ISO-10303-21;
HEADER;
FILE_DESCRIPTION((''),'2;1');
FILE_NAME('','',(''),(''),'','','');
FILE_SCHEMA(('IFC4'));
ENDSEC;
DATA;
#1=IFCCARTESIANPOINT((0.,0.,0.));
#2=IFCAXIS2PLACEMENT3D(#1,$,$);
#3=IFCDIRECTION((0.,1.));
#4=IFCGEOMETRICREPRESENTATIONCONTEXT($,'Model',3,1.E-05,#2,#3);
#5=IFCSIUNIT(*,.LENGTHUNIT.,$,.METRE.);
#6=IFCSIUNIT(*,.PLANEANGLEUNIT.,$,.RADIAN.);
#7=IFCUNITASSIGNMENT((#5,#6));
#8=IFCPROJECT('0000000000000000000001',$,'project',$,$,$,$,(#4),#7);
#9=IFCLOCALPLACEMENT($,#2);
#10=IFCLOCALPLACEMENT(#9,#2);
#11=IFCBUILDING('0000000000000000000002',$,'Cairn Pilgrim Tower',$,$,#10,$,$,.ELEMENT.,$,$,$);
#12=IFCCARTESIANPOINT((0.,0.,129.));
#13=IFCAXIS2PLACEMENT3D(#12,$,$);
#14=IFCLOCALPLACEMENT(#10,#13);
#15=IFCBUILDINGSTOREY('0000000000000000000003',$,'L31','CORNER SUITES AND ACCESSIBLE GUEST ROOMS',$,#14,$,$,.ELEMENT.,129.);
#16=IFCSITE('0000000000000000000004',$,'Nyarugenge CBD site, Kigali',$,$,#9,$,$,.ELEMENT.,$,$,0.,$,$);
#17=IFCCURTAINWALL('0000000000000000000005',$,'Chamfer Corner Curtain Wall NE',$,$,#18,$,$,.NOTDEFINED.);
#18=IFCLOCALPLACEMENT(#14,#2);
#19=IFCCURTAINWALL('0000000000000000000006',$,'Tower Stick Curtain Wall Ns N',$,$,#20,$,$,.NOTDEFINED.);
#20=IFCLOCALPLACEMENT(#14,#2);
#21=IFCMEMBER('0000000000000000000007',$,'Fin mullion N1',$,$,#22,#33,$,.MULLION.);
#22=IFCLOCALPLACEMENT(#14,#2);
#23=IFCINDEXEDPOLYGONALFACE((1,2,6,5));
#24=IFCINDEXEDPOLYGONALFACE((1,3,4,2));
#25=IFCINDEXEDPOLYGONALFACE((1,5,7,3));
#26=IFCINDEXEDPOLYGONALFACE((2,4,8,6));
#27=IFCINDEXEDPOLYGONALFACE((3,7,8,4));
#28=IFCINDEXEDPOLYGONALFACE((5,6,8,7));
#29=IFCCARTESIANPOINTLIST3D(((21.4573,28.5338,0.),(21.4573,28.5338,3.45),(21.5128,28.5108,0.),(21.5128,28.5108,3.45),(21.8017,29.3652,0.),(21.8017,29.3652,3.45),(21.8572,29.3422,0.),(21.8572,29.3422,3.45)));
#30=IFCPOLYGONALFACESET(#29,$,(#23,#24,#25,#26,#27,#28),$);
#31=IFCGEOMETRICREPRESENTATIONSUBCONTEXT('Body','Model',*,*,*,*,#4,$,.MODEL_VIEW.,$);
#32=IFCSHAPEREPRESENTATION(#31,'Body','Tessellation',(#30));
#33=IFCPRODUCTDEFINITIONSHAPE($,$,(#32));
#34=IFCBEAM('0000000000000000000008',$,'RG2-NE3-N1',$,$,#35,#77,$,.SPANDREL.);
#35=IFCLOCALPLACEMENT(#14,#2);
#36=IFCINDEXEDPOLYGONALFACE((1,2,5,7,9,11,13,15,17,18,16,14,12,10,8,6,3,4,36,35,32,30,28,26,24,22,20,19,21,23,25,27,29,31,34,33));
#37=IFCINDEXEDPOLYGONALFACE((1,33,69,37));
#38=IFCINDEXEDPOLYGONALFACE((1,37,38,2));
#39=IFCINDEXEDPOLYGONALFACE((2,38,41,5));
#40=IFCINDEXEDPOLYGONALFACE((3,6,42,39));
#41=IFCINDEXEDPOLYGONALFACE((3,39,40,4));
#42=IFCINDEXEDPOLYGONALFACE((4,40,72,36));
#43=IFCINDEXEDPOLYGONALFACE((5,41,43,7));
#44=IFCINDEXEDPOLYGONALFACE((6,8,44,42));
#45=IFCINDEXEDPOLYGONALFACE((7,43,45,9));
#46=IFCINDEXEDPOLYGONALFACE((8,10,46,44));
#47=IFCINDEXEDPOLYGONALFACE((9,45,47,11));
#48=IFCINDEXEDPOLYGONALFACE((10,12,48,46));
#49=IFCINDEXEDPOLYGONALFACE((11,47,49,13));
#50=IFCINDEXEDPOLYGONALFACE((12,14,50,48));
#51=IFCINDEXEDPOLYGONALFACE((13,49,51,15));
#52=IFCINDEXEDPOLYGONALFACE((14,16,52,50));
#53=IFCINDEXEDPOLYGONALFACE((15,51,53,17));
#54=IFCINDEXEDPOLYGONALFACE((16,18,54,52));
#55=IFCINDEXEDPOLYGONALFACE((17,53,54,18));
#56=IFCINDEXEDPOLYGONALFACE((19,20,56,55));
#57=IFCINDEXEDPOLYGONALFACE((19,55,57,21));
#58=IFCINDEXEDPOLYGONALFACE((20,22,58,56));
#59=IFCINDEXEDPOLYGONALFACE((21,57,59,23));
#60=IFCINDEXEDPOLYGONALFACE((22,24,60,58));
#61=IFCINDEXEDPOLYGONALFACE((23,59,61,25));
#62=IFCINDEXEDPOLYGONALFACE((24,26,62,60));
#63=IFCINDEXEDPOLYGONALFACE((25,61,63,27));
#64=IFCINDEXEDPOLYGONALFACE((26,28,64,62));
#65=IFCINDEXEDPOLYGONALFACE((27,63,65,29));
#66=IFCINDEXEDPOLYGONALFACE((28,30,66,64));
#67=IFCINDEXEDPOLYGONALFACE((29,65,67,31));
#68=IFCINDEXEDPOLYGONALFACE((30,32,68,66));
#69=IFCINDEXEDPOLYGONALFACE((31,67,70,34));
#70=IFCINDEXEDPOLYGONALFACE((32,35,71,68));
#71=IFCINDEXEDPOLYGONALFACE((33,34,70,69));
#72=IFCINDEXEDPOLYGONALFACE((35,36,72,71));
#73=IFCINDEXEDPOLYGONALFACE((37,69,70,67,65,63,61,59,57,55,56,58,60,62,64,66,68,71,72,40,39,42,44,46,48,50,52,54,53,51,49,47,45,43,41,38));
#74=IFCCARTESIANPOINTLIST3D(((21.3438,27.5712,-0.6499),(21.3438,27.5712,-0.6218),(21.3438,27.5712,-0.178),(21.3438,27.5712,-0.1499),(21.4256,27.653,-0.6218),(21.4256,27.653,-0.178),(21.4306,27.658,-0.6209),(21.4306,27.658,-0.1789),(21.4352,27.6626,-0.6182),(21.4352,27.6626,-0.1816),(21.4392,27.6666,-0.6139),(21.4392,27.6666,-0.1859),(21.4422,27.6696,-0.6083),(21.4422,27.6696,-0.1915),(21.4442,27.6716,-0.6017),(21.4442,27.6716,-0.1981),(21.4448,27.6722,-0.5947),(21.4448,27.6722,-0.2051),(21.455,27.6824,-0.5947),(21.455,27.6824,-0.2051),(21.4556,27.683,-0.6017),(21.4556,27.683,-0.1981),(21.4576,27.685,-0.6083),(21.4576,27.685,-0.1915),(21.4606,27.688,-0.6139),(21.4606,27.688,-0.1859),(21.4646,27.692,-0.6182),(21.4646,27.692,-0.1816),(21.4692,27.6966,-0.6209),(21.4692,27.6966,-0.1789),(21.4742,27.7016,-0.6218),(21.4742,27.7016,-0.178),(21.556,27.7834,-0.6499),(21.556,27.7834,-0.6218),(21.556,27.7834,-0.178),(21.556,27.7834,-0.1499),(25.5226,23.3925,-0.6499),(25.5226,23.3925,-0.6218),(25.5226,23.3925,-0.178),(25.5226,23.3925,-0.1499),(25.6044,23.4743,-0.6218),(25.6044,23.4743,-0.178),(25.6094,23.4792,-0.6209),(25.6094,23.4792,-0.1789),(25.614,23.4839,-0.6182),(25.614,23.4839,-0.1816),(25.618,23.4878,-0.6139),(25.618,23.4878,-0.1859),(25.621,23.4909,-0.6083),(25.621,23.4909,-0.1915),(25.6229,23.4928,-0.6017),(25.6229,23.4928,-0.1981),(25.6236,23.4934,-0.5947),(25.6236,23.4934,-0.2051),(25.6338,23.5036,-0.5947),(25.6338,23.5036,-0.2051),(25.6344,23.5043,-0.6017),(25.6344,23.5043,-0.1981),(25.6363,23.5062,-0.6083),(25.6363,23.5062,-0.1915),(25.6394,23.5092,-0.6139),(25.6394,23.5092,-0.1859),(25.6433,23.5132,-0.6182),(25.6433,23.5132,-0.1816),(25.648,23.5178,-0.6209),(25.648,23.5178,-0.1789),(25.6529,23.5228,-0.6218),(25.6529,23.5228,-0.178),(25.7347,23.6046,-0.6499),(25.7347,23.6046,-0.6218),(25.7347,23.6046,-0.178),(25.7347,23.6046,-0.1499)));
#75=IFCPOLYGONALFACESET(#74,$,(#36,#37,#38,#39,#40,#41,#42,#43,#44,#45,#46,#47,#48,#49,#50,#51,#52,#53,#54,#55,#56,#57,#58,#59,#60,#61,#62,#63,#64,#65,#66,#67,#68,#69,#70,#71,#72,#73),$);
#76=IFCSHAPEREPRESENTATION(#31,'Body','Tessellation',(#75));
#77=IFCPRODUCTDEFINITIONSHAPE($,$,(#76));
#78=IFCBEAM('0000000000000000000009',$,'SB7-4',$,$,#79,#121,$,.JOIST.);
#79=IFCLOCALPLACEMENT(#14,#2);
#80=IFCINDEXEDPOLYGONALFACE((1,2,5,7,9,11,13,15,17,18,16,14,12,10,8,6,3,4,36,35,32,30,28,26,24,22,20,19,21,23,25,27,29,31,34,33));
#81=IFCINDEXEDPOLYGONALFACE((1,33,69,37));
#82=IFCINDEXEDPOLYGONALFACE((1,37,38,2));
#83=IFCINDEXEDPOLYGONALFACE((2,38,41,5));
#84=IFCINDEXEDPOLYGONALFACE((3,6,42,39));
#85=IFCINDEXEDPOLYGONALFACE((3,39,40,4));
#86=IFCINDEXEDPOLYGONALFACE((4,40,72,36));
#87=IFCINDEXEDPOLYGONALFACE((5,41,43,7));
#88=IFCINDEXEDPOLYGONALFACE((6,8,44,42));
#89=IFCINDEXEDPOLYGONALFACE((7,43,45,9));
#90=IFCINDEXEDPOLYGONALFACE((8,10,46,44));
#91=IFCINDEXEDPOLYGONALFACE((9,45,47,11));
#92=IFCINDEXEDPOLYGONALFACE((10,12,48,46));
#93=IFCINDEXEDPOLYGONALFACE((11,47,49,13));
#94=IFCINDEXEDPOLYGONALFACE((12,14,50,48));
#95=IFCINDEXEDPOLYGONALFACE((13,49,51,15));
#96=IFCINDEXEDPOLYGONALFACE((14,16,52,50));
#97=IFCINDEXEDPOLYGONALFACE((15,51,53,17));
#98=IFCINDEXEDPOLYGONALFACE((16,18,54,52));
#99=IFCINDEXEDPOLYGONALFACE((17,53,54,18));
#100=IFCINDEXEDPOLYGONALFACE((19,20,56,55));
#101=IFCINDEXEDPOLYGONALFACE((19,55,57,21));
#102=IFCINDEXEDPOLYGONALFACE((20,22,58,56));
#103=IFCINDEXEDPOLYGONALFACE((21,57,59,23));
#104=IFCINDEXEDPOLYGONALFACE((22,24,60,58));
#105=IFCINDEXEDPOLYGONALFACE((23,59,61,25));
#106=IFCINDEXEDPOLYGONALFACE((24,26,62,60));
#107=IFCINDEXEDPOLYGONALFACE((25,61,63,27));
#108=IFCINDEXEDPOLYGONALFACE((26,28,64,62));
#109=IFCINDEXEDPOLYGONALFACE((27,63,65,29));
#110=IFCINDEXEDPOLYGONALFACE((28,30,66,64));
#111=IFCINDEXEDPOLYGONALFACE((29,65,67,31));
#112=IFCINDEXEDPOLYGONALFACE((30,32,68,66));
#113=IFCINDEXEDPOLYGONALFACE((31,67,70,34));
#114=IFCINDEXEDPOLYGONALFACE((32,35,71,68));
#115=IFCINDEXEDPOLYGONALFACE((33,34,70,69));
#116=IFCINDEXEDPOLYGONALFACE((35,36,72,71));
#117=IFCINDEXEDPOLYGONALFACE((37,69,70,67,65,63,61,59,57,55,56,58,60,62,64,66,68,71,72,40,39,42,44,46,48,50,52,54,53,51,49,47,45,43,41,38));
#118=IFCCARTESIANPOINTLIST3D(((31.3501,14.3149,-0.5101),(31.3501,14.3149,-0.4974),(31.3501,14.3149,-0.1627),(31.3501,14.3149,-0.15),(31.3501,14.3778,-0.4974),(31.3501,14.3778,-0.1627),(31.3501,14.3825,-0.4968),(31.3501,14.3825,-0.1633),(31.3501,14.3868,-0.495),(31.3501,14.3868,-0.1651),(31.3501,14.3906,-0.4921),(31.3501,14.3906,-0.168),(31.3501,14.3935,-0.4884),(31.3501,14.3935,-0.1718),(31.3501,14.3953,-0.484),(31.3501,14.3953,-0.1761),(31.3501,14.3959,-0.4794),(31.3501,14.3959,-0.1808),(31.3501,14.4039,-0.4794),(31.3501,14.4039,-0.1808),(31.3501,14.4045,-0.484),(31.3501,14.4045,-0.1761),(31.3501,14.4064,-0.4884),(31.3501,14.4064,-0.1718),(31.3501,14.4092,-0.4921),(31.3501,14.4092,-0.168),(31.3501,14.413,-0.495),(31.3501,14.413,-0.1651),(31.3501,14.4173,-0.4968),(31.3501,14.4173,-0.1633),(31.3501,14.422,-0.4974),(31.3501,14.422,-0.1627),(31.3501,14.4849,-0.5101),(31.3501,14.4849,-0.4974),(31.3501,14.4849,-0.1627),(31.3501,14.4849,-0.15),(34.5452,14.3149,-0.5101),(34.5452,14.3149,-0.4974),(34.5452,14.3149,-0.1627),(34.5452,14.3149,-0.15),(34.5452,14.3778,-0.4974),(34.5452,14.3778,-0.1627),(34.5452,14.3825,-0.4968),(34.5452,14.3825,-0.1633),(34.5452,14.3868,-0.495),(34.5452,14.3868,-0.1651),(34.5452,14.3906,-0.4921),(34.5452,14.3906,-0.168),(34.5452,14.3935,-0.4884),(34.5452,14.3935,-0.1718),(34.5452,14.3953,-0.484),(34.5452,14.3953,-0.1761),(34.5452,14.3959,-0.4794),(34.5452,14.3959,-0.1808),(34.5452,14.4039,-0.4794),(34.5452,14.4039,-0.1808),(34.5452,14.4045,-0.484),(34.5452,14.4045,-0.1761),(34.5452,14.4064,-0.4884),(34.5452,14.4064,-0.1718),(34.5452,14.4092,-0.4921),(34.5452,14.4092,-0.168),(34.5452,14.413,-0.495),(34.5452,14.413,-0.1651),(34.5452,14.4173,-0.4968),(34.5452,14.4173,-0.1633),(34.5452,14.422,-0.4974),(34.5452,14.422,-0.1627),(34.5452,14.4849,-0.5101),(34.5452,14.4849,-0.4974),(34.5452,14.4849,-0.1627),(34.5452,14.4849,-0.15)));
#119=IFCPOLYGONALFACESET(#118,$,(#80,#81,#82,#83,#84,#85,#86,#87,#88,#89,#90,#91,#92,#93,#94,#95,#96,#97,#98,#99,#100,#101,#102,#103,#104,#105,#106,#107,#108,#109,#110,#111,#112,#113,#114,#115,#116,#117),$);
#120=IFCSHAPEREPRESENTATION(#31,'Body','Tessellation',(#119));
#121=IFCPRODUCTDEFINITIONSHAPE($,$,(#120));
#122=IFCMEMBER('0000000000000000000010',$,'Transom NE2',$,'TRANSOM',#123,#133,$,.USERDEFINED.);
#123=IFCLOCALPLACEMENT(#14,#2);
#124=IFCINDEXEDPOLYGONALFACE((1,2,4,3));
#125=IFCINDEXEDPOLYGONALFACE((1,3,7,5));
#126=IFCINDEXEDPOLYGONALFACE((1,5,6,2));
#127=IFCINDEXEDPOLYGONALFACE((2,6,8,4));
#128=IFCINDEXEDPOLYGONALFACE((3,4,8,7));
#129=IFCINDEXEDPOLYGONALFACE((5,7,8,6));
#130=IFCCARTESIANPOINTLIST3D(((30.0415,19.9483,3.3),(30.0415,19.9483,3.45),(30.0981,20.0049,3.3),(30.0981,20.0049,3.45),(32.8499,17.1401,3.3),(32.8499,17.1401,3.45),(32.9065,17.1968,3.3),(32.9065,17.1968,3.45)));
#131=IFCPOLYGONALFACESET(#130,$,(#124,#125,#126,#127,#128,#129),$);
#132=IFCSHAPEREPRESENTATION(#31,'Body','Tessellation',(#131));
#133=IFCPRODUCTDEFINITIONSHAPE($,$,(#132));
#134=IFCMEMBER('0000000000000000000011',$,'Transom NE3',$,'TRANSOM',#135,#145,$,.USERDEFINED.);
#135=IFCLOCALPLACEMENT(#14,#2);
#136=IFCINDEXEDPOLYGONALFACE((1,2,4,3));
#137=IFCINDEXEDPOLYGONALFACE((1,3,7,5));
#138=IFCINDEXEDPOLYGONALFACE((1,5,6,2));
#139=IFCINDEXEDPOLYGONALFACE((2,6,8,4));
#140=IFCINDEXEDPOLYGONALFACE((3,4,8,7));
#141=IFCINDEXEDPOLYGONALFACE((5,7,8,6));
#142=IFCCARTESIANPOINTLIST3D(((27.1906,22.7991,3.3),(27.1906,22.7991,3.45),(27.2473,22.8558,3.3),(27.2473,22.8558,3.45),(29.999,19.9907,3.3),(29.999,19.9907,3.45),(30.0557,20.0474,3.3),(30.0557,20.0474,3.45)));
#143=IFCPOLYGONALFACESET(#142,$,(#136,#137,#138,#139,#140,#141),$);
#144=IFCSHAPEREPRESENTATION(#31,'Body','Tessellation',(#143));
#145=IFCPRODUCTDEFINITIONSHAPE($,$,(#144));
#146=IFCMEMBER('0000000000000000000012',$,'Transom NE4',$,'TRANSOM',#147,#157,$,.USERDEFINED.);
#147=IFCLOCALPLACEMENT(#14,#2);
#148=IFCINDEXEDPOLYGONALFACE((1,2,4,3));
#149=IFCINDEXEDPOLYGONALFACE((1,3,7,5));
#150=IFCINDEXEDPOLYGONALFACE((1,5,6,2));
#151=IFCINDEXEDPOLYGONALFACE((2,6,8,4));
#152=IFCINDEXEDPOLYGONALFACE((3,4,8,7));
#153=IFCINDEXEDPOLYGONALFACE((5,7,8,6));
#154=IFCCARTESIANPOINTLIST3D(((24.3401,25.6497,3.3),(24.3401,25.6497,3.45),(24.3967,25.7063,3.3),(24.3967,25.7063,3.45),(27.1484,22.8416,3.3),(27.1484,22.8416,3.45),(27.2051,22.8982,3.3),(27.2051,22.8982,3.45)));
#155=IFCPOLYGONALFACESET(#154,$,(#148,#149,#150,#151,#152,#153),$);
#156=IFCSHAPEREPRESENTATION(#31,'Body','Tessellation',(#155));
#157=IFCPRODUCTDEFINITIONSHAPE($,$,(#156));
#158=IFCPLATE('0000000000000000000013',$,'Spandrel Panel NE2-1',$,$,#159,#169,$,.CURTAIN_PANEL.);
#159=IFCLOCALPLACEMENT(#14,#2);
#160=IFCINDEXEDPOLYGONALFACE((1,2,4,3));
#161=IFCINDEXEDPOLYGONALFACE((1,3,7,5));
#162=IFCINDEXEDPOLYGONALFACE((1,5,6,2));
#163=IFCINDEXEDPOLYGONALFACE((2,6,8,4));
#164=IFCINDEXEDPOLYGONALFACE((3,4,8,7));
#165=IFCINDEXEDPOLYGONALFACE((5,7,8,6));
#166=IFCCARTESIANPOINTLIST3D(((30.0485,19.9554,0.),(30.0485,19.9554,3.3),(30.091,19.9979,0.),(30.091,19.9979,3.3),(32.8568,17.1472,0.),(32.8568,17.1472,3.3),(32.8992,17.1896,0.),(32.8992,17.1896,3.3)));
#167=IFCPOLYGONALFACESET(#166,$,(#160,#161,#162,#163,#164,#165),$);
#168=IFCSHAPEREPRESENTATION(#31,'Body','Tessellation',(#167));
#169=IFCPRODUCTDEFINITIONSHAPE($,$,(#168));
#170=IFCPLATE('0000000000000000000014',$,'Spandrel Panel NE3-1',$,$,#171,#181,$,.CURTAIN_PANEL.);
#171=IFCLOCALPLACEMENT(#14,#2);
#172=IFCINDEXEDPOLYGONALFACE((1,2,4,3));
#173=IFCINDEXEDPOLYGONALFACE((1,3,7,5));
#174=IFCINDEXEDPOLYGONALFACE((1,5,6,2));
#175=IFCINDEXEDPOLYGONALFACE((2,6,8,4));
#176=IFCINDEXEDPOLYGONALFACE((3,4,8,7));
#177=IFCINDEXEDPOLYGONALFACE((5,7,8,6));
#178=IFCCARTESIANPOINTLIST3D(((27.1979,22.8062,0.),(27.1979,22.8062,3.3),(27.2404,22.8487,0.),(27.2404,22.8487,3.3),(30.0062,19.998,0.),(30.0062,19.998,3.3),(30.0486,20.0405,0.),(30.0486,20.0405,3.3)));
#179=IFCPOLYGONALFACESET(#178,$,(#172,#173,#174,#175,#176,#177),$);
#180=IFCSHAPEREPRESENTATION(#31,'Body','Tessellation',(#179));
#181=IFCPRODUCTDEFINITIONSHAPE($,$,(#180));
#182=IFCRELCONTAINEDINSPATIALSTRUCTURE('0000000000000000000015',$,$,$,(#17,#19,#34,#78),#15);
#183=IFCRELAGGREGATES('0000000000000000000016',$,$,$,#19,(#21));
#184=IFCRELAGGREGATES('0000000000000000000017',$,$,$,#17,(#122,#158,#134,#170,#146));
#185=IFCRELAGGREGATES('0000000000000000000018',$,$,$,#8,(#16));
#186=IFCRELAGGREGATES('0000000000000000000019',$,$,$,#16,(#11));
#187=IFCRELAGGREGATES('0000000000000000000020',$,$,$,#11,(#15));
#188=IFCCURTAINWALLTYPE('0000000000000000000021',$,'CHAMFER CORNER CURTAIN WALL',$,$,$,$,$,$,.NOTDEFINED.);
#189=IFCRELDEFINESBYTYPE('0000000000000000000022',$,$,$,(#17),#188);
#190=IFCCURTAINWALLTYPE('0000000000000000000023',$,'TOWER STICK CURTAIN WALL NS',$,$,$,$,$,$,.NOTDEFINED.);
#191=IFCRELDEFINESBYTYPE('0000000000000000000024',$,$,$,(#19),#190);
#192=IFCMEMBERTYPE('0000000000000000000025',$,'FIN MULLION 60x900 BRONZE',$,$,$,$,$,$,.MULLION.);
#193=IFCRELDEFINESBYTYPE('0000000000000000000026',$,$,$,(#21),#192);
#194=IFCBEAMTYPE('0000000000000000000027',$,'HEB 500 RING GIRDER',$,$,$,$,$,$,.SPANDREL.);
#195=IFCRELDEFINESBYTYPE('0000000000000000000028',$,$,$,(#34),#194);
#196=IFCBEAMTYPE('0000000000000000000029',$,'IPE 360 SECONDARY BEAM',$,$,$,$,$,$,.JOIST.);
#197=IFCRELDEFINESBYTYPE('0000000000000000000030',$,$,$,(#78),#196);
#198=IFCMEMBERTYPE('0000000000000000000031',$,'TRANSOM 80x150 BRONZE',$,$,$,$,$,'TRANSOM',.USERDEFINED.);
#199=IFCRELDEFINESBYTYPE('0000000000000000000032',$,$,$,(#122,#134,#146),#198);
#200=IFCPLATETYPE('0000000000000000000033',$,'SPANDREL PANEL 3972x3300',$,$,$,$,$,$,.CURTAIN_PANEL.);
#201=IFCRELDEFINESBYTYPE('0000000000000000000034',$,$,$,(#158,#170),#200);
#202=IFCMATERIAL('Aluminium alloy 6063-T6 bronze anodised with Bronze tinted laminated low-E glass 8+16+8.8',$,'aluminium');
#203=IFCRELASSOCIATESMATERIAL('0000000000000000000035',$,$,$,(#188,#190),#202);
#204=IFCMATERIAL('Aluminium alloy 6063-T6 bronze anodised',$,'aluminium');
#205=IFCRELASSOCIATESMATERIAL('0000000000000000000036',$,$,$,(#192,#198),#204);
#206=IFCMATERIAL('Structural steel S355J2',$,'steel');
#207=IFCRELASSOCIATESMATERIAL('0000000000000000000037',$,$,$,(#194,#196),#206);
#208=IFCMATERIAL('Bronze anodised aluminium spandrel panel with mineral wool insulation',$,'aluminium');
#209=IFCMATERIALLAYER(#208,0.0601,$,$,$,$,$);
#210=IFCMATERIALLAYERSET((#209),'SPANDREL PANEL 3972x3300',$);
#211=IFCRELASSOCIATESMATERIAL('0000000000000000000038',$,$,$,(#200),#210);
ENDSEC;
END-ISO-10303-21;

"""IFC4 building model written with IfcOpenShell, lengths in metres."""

from ifc_helpers import new_model, si_unit, direction, frame, origin, origin_2d, place, context, subcontext, project, spatial, rectangle, i_section, extrude, material, layer, layer_set, material_profile, profile_set, type_object, element, aggregate, save


model = new_model("IFC4")

# Units and contexts
model_context = context("Model", 3, precision=1e-05, world=origin(), true_north=direction((0.0, 1.0)))
body_context = subcontext(model_context, "Body", "Model", "MODEL_VIEW")
ifc_project = project(units=[si_unit("LENGTHUNIT", "METRE"), si_unit("PLANEANGLEUNIT", "RADIAN")], contexts=[model_context])

# Site, building, storey
site_placement = place(None, origin())
site = spatial("IfcSite", under=ifc_project, at=site_placement, Name="Nyarugenge CBD site, Kigali", CompositionType="ELEMENT", RefElevation=0.0)
building_placement = place(site_placement, origin())
building = spatial("IfcBuilding", under=site, at=building_placement, Name="Cairn Pilgrim Tower", CompositionType="ELEMENT")
storey_placement = place(building_placement, frame((0.0, 0.0, 129.0)))
storey = spatial("IfcBuildingStorey", under=building, at=storey_placement, Name="L31", Description="CORNER SUITES AND ACCESSIBLE GUEST ROOMS", CompositionType="ELEMENT", Elevation=129.0)

# Shared definitions
ifc_material_1 = material(Name="Structural steel S355J2", Category="steel")

# Curtain wall
ifc_material_2 = material(Name="Aluminium alloy 6063-T6 bronze anodised with Bronze tinted laminated low-E glass 8+16+8.8", Category="aluminium")
curtain_wall_type_1 = type_object("IfcCurtainWallType", Name="CHAMFER CORNER CURTAIN WALL", PredefinedType="NOTDEFINED", material=ifc_material_2)
curtain_wall_1_placement = place(storey_placement, origin())
curtain_wall_1 = element("IfcCurtainWall", 1, at=curtain_wall_1_placement, inside=storey, type_object=curtain_wall_type_1, Name="Chamfer Corner Curtain Wall NE", PredefinedType="NOTDEFINED")
ifc_material_3 = material(Name="Aluminium alloy 6063-T6 bronze anodised", Category="aluminium")
ifc_material_profile_1 = material_profile(ifc_material_3, rectangle(XDim=0.8999, YDim=0.0601, at=origin_2d()), Name="FIN MULLION 60x900 BRONZE")
ifc_profile_set_1 = profile_set([ifc_material_profile_1], Name="Aluminium alloy 6063-T6 bronze anodised")
member_type_1 = type_object("IfcMemberType", Name="FIN MULLION 60x900 BRONZE", PredefinedType="MULLION", material=ifc_profile_set_1)

# Curtain wall, member
curtain_wall_type_2 = type_object("IfcCurtainWallType", Name="TOWER STICK CURTAIN WALL NS", PredefinedType="NOTDEFINED", material=ifc_material_2)
curtain_wall_2_placement = place(storey_placement, origin())
curtain_wall_2 = element("IfcCurtainWall", 2, at=curtain_wall_2_placement, inside=storey, type_object=curtain_wall_type_2, Name="Tower Stick Curtain Wall Ns N", PredefinedType="NOTDEFINED")
member_1_placement = place(storey_placement, frame((21.6572, 28.938, 0.0), z_axis=(0.0, 0.0, 1.0), x_axis=(0.382683, 0.92388, 0.0)))
member_1 = element("IfcMember", 3, at=member_1_placement, type_object=member_type_1, Name="Fin mullion N1", PredefinedType="MULLION", context=body_context, shape_type="SweptSolid", body=[
    extrude(rectangle(XDim=0.8999, YDim=0.0601, at=origin_2d()), origin(), (0.0, 0.0, 1.0), 3.45),
])
aggregate(curtain_wall_2, [member_1])

# Beams
ifc_material_profile_2 = material_profile(ifc_material_1, i_section(OverallWidth=0.3, OverallDepth=0.5, WebThickness=0.0144, FlangeThickness=0.0281, FilletRadius=0.0271, at=origin_2d()), Name="HEB 500")
ifc_profile_set_2 = profile_set([ifc_material_profile_2], Name="Structural steel S355J2")
beam_type_1 = type_object("IfcBeamType", Name="HEB 500 RING GIRDER", PredefinedType="SPANDREL", material=ifc_profile_set_2)
beam_1_placement = place(storey_placement, frame((25.6287, 23.4985, -0.3999), z_axis=(-0.707107, 0.707107, 0.0), x_axis=(-0.707107, -0.707107, 0.0)))
element("IfcBeam", 4, at=beam_1_placement, inside=storey, type_object=beam_type_1, Name="RG2-NE3-N1", PredefinedType="SPANDREL", context=body_context, shape_type="SweptSolid", body=[
    extrude(i_section(OverallWidth=0.3, OverallDepth=0.5, WebThickness=0.0144, FlangeThickness=0.0281, FilletRadius=0.0271, at=origin_2d()), origin(), (0.0, 0.0, 1.0), 5.9097),
])
ifc_material_profile_3 = material_profile(ifc_material_1, i_section(OverallWidth=0.1699, OverallDepth=0.3601, WebThickness=0.0081, FlangeThickness=0.0127, FilletRadius=0.0181, at=origin_2d()), Name="IPE 360")
ifc_profile_set_3 = profile_set([ifc_material_profile_3], Name="Structural steel S355J2")
beam_type_2 = type_object("IfcBeamType", Name="IPE 360 SECONDARY BEAM", PredefinedType="JOIST", material=ifc_profile_set_3)
beam_2_placement = place(storey_placement, frame((31.3501, 14.3999, -0.3301), z_axis=(1.0, 0.0, 0.0), x_axis=(0.0, 1.0, 0.0)))
element("IfcBeam", 5, at=beam_2_placement, inside=storey, type_object=beam_type_2, Name="SB7-4", PredefinedType="JOIST", context=body_context, shape_type="SweptSolid", body=[
    extrude(i_section(OverallWidth=0.1699, OverallDepth=0.3601, WebThickness=0.0081, FlangeThickness=0.0127, FilletRadius=0.0181, at=origin_2d()), origin(), (0.0, 0.0, 1.0), 3.1951),
])

# Members
ifc_material_profile_4 = material_profile(ifc_material_3, rectangle(XDim=0.0801, YDim=0.1499, at=origin_2d()), Name="TRANSOM 80x150 BRONZE")
ifc_profile_set_4 = profile_set([ifc_material_profile_4], Name="Aluminium alloy 6063-T6 bronze anodised")
member_type_2 = type_object("IfcMemberType", Name="TRANSOM 80x150 BRONZE", ElementType="TRANSOM", PredefinedType="USERDEFINED", material=ifc_profile_set_4)
member_2_placement = place(storey_placement, frame((32.8782, 17.1685, 3.375), z_axis=(-0.707138, 0.707076, 0.0), x_axis=(-0.707076, -0.707138, 0.0)))
member_2 = element("IfcMember", 6, at=member_2_placement, type_object=member_type_2, Name="Transom NE2", ObjectType="TRANSOM", PredefinedType="USERDEFINED", context=body_context, shape_type="SweptSolid", body=[
    extrude(rectangle(XDim=0.0801, YDim=0.1499, at=origin_2d()), origin(), (0.0, 0.0, 1.0), 3.9714),
])
member_3_placement = place(storey_placement, frame((30.0273, 20.019, 3.375), z_axis=(-0.707107, 0.707107, 0.0), x_axis=(-0.707107, -0.707107, 0.0)))
member_3 = element("IfcMember", 7, at=member_3_placement, type_object=member_type_2, Name="Transom NE3", ObjectType="TRANSOM", PredefinedType="USERDEFINED", context=body_context, shape_type="SweptSolid", body=[
    extrude(rectangle(XDim=0.0801, YDim=0.1499, at=origin_2d()), origin(), (0.0, 0.0, 1.0), 3.9717),
])
member_4_placement = place(storey_placement, frame((27.1768, 22.8699, 3.375), z_axis=(-0.707138, 0.707076, 0.0), x_axis=(-0.707076, -0.707138, 0.0)))
member_4 = element("IfcMember", 8, at=member_4_placement, type_object=member_type_2, Name="Transom NE4", ObjectType="TRANSOM", PredefinedType="USERDEFINED", context=body_context, shape_type="SweptSolid", body=[
    extrude(rectangle(XDim=0.0801, YDim=0.1499, at=origin_2d()), origin(), (0.0, 0.0, 1.0), 3.9714),
])

# Plates
ifc_material_4 = material(Name="Bronze anodised aluminium spandrel panel with mineral wool insulation", Category="aluminium")
ifc_layer_1 = layer(ifc_material_4, 0.0601)
ifc_layer_set_1 = layer_set([ifc_layer_1], Name="SPANDREL PANEL 3972x3300")
plate_type = type_object("IfcPlateType", Name="SPANDREL PANEL 3972x3300", PredefinedType="CURTAIN_PANEL", material=ifc_layer_set_1)
plate_1_placement = place(storey_placement, frame((31.4739, 18.5725, 0.0), z_axis=(0.0, 0.0, 1.0), x_axis=(-0.707107, 0.707107, 0.0)))
plate_1 = element("IfcPlate", 9, at=plate_1_placement, type_object=plate_type, Name="Spandrel Panel NE2-1", PredefinedType="CURTAIN_PANEL", context=body_context, shape_type="SweptSolid", body=[
    extrude(rectangle(XDim=3.9714, YDim=0.0601, at=origin_2d()), origin(), (0.0, 0.0, 1.0), 3.3),
])
plate_2_placement = place(storey_placement, frame((28.6233, 21.4233, 0.0), z_axis=(0.0, 0.0, 1.0), x_axis=(-0.707107, 0.707107, 0.0)))
plate_2 = element("IfcPlate", 10, at=plate_2_placement, type_object=plate_type, Name="Spandrel Panel NE3-1", PredefinedType="CURTAIN_PANEL", context=body_context, shape_type="SweptSolid", body=[
    extrude(rectangle(XDim=3.9714, YDim=0.0601, at=origin_2d()), origin(), (0.0, 0.0, 1.0), 3.3),
])
aggregate(curtain_wall_1, [member_2, plate_1, member_3, plate_2, member_4])

save(model, "model.ifc")
